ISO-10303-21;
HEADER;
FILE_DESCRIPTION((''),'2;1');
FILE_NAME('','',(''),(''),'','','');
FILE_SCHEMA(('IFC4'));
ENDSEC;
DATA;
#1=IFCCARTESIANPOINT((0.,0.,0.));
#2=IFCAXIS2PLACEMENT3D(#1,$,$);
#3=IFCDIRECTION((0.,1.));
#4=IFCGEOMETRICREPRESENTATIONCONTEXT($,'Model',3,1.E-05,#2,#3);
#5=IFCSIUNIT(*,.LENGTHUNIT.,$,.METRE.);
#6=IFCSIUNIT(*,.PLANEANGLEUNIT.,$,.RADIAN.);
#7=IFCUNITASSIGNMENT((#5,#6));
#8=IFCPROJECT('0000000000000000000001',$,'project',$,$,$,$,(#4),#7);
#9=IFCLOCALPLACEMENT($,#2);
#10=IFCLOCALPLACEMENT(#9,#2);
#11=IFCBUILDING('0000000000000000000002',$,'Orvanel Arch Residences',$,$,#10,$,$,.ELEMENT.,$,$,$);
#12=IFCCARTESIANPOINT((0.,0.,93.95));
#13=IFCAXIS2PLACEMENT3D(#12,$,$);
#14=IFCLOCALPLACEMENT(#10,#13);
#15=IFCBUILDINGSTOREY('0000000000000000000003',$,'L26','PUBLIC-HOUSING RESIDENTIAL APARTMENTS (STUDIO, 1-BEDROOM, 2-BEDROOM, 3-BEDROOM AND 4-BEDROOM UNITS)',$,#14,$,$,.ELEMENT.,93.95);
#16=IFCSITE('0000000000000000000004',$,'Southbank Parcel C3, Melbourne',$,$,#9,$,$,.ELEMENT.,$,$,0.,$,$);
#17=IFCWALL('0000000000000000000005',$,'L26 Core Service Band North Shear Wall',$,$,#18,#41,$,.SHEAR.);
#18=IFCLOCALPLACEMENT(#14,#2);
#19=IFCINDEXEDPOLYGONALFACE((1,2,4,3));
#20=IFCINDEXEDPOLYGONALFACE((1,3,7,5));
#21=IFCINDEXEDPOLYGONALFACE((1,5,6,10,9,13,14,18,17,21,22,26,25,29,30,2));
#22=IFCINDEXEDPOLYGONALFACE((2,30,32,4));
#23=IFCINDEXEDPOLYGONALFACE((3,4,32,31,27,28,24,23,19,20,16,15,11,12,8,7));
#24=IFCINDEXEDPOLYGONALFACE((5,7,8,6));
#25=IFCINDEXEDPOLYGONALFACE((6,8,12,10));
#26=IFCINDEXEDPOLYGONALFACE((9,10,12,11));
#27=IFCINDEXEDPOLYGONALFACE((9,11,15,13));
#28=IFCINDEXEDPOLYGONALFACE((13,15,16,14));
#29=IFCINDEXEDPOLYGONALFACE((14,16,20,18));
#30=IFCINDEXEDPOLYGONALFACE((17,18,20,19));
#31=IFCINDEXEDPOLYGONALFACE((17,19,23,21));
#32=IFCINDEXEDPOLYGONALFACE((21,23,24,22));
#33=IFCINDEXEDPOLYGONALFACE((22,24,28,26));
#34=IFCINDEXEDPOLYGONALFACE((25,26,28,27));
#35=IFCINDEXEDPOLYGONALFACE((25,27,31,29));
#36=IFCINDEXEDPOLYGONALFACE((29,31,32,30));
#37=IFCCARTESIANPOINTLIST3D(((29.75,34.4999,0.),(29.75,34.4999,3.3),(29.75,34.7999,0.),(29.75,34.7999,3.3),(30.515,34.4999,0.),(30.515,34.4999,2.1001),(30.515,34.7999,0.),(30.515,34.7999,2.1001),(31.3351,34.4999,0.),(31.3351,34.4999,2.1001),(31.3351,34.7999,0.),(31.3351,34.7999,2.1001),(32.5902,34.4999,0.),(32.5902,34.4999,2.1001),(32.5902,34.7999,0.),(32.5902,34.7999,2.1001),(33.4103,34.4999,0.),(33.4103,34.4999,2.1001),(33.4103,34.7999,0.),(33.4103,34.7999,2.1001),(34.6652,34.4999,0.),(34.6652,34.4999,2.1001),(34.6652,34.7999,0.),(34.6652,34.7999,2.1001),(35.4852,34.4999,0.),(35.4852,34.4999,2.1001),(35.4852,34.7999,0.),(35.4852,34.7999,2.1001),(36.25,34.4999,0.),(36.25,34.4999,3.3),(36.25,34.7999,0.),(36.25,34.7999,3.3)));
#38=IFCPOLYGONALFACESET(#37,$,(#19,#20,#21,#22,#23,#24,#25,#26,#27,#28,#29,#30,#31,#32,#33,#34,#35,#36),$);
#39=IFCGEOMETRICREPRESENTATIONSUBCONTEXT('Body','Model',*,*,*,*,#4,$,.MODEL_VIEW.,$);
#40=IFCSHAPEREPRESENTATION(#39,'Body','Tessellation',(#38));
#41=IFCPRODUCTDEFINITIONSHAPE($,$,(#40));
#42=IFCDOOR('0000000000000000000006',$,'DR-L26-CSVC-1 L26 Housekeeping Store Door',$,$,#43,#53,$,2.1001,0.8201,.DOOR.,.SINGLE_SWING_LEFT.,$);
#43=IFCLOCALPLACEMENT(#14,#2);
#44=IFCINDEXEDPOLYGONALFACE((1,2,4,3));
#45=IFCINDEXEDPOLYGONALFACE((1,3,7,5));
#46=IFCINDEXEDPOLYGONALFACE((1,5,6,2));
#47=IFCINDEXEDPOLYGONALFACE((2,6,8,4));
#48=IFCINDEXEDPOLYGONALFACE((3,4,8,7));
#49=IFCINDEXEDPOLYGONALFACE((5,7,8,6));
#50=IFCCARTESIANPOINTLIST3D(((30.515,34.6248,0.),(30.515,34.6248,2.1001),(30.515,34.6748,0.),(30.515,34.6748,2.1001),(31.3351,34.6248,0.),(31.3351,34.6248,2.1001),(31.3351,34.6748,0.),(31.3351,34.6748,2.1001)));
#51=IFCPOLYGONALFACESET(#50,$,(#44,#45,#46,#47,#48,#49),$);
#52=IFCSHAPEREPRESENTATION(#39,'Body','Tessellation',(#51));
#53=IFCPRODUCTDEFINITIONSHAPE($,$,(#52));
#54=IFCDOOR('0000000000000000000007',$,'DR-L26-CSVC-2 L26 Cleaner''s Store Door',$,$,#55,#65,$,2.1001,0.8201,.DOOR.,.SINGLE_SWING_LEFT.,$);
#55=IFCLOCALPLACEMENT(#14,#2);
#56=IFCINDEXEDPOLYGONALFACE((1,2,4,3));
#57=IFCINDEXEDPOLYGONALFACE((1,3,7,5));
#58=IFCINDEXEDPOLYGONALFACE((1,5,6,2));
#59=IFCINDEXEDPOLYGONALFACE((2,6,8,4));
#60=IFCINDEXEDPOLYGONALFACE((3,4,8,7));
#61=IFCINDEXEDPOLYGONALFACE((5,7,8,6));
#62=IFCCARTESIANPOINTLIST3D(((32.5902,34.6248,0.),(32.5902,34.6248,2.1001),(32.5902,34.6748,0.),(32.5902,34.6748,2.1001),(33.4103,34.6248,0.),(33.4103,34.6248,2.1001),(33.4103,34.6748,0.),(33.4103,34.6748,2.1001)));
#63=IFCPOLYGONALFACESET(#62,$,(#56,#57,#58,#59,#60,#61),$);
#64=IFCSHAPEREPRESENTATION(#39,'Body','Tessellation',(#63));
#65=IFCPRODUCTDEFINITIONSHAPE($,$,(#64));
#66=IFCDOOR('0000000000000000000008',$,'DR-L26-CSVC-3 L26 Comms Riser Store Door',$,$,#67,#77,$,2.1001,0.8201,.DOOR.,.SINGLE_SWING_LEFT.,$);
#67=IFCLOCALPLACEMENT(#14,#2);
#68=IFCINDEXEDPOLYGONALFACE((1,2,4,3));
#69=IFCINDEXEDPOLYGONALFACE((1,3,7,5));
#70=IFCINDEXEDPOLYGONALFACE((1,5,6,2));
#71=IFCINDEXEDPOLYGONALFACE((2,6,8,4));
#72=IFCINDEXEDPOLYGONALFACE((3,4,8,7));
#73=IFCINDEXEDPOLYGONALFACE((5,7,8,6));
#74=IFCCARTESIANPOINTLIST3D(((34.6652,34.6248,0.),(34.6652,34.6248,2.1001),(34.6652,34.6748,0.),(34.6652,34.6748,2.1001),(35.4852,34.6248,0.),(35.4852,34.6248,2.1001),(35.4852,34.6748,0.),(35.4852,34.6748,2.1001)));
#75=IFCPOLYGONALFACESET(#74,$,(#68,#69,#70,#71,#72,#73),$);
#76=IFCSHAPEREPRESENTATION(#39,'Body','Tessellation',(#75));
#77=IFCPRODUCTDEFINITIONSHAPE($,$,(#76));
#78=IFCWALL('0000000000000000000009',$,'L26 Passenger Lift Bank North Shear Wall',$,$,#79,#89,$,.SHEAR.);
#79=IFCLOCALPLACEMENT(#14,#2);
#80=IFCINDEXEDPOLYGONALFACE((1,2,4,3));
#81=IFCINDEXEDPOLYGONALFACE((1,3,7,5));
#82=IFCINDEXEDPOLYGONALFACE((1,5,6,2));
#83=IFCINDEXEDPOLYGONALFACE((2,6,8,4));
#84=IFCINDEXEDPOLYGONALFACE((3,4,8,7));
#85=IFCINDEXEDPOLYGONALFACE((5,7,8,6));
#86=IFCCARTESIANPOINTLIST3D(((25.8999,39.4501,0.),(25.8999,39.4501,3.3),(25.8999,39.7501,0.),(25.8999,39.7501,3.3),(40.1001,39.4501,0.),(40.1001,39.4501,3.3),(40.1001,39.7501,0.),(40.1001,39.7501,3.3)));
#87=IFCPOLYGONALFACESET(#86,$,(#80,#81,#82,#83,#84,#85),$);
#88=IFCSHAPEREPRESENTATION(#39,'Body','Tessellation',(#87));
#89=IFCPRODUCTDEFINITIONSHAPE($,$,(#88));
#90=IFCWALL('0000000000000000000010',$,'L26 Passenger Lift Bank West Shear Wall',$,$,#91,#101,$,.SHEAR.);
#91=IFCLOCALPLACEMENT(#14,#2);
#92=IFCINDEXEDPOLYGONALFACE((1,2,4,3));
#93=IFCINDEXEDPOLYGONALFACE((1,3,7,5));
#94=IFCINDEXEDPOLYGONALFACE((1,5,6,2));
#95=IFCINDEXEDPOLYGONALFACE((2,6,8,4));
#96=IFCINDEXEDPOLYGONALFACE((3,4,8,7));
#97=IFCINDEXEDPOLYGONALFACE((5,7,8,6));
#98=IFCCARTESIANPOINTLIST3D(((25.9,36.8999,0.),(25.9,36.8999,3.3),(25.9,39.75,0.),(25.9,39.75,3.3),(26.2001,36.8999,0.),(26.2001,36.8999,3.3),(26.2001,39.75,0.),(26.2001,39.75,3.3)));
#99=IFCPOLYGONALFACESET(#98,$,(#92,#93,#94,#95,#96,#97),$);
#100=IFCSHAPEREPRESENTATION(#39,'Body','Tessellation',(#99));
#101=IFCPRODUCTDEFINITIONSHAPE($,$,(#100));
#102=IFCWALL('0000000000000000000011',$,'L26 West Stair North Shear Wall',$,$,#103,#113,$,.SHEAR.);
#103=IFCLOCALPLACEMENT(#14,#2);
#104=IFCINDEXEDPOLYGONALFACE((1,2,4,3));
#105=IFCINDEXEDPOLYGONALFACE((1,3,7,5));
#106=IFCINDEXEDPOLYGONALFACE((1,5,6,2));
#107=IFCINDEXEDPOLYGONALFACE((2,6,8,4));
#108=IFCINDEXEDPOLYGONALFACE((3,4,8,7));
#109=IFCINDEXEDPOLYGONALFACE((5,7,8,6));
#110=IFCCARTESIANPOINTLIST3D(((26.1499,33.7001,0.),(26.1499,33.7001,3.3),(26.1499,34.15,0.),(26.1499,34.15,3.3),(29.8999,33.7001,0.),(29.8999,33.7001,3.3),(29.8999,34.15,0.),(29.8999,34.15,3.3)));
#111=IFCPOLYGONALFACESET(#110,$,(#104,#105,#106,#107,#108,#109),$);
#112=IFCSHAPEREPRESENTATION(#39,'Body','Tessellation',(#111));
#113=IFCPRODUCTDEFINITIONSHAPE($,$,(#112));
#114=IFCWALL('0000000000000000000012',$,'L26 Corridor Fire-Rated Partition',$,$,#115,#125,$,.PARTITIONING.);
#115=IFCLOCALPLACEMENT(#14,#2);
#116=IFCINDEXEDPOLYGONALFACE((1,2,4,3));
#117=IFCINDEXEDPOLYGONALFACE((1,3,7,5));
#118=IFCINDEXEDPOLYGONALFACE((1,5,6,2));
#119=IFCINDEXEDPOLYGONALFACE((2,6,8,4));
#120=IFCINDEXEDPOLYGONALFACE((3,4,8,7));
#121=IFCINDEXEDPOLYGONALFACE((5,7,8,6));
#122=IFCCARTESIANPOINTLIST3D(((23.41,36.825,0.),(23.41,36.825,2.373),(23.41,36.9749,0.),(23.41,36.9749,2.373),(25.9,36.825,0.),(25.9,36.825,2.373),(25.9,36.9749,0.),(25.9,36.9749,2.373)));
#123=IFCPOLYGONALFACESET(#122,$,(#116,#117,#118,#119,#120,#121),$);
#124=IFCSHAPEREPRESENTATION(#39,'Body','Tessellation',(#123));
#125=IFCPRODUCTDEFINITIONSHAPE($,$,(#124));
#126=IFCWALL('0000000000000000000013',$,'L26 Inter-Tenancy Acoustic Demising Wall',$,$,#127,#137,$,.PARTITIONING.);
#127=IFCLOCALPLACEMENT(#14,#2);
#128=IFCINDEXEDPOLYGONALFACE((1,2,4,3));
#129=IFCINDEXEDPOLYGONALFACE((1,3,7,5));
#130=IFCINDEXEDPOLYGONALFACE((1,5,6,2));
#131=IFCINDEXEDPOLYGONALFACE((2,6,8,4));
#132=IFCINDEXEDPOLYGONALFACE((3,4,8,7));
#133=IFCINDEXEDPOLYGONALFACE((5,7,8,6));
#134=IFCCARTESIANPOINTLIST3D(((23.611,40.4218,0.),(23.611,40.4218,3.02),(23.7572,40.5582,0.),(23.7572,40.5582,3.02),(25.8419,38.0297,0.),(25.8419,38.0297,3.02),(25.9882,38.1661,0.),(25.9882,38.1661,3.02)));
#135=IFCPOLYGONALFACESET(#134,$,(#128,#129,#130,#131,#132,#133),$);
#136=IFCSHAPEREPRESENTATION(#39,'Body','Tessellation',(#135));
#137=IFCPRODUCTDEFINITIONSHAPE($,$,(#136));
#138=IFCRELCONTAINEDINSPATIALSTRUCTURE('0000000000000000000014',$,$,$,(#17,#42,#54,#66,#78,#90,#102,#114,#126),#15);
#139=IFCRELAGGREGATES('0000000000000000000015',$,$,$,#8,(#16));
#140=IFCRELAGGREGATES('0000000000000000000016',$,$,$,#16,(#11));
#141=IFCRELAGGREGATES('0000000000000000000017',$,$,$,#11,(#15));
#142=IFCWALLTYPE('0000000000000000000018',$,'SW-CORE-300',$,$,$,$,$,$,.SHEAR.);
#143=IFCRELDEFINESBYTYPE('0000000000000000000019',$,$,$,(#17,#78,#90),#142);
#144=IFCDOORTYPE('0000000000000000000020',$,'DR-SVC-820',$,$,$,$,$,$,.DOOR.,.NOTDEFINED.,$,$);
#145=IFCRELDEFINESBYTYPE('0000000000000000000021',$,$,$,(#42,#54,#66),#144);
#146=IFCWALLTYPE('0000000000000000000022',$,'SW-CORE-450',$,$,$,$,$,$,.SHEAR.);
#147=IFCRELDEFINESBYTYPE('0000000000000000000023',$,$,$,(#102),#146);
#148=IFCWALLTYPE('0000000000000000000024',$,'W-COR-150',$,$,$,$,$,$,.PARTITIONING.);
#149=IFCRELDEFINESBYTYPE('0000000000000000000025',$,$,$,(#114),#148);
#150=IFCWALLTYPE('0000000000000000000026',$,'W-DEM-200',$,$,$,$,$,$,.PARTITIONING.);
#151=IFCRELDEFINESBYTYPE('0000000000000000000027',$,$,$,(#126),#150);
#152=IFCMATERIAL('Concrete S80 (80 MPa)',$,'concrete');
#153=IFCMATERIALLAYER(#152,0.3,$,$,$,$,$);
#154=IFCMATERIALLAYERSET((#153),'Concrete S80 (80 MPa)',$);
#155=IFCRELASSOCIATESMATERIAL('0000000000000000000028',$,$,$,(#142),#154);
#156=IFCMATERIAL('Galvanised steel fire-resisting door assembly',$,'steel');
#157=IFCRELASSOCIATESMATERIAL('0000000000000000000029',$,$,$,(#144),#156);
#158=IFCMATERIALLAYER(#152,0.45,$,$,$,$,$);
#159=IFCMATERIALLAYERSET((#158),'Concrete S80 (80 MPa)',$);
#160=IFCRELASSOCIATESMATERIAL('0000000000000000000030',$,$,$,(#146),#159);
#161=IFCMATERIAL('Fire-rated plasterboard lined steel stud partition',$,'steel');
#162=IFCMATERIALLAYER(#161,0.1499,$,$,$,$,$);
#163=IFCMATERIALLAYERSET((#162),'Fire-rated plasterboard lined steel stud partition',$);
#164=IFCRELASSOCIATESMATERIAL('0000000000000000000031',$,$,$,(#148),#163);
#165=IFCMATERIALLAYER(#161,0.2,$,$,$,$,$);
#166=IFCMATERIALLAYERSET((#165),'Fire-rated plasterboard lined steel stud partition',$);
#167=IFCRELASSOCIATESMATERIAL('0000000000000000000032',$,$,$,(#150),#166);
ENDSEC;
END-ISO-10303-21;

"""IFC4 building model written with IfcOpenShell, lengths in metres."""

from ifc_helpers import new_model, si_unit, direction, frame, frame_2d, origin, place, context, subcontext, project, spatial, rectangle, extrude, material, layer, layer_set, type_object, element, fill, save


model = new_model("IFC4")

# Units and contexts
model_context = context("Model", 3, precision=1e-05, world=origin(), true_north=direction((0.0, 1.0)))
body_context = subcontext(model_context, "Body", "Model", "MODEL_VIEW")
ifc_project = project(units=[si_unit("LENGTHUNIT", "METRE"), si_unit("PLANEANGLEUNIT", "RADIAN")], contexts=[model_context])

# Site, building, storey
site_placement = place(None, origin())
site = spatial("IfcSite", under=ifc_project, at=site_placement, Name="Southbank Parcel C3, Melbourne", CompositionType="ELEMENT", RefElevation=0.0)
building_placement = place(site_placement, origin())
building = spatial("IfcBuilding", under=site, at=building_placement, Name="Orvanel Arch Residences", CompositionType="ELEMENT")
storey_placement = place(building_placement, frame((0.0, 0.0, 93.95)))
storey = spatial("IfcBuildingStorey", under=building, at=storey_placement, Name="L26", Description="PUBLIC-HOUSING RESIDENTIAL APARTMENTS (STUDIO, 1-BEDROOM, 2-BEDROOM, 3-BEDROOM AND 4-BEDROOM UNITS)", CompositionType="ELEMENT", Elevation=93.95)

# Wall, openings, doors
ifc_material_1 = material(Name="Concrete S80 (80 MPa)", Category="concrete")
ifc_layer_1 = layer(ifc_material_1, 0.3)
ifc_layer_set_1 = layer_set([ifc_layer_1], Name="Concrete S80 (80 MPa)")
wall_type_1 = type_object("IfcWallType", Name="SW-CORE-300", PredefinedType="SHEAR", material=ifc_layer_set_1)
wall_1_placement = place(storey_placement, frame((29.75, 34.6499, 0.0), z_axis=(0.0, 0.0, 1.0), x_axis=(1.0, 0.0, 0.0)))
wall_1 = element("IfcWall", 1, at=wall_1_placement, inside=storey, type_object=wall_type_1, Name="L26 Core Service Band North Shear Wall", PredefinedType="SHEAR", context=body_context, shape_type="SweptSolid", body=[
    extrude(rectangle(XDim=6.5, YDim=0.3, at=frame_2d((3.25, 0.0))), origin(), (0.0, 0.0, 1.0), 3.3),
])
opening_1_placement = place(wall_1_placement, frame((0.7649, 0.0, 0.0)))
opening_1 = element("IfcOpeningElement", 2, at=opening_1_placement, cuts=wall_1, PredefinedType="OPENING", context=body_context, shape_type="SweptSolid", body=[
    extrude(rectangle(XDim=0.8201, YDim=2.1001, at=frame_2d((0.4102, 1.05))), frame((0.0, 0.1599, 0.0), z_axis=(0.0, -1.0, 0.0), x_axis=(1.0, 0.0, 0.0)), (0.0, 0.0, 1.0), 0.3201),
])
opening_2_placement = place(wall_1_placement, frame((2.8401, 0.0, 0.0)))
opening_2 = element("IfcOpeningElement", 3, at=opening_2_placement, cuts=wall_1, PredefinedType="OPENING", context=body_context, shape_type="SweptSolid", body=[
    extrude(rectangle(XDim=0.8201, YDim=2.1001, at=frame_2d((0.4102, 1.05))), frame((0.0, 0.1599, 0.0), z_axis=(0.0, -1.0, 0.0), x_axis=(1.0, 0.0, 0.0)), (0.0, 0.0, 1.0), 0.3201),
])
opening_3_placement = place(wall_1_placement, frame((4.915, 0.0, 0.0)))
opening_3 = element("IfcOpeningElement", 4, at=opening_3_placement, cuts=wall_1, PredefinedType="OPENING", context=body_context, shape_type="SweptSolid", body=[
    extrude(rectangle(XDim=0.8201, YDim=2.1001, at=frame_2d((0.4102, 1.05))), frame((0.0, 0.1599, 0.0), z_axis=(0.0, -1.0, 0.0), x_axis=(1.0, 0.0, 0.0)), (0.0, 0.0, 1.0), 0.3201),
])
ifc_material_2 = material(Name="Galvanised steel fire-resisting door assembly", Category="steel")
door_type_1 = type_object("IfcDoorType", Name="DR-SVC-820", OperationType="NOTDEFINED", PredefinedType="DOOR", material=ifc_material_2)
door_1_placement = place(opening_1_placement, origin())
door_1 = element("IfcDoor", 5, at=door_1_placement, inside=storey, type_object=door_type_1, Name="DR-L26-CSVC-1 L26 Housekeeping Store Door", OperationType="SINGLE_SWING_LEFT", OverallHeight=2.1001, OverallWidth=0.8201, PredefinedType="DOOR", context=body_context, shape_type="SweptSolid", body=[
    extrude(rectangle(XDim=0.8201, YDim=2.1001, at=frame_2d((0.4102, 1.05))), frame((0.0, 0.0249, 0.0), z_axis=(0.0, -1.0, 0.0), x_axis=(1.0, 0.0, 0.0)), (0.0, 0.0, 1.0), 0.05),
])
fill(opening_1, door_1)
door_2_placement = place(opening_2_placement, origin())
door_2 = element("IfcDoor", 6, at=door_2_placement, inside=storey, type_object=door_type_1, Name="DR-L26-CSVC-2 L26 Cleaner's Store Door", OperationType="SINGLE_SWING_LEFT", OverallHeight=2.1001, OverallWidth=0.8201, PredefinedType="DOOR", context=body_context, shape_type="SweptSolid", body=[
    extrude(rectangle(XDim=0.8201, YDim=2.1001, at=frame_2d((0.4102, 1.05))), frame((0.0, 0.0249, 0.0), z_axis=(0.0, -1.0, 0.0), x_axis=(1.0, 0.0, 0.0)), (0.0, 0.0, 1.0), 0.05),
])
fill(opening_2, door_2)
door_3_placement = place(opening_3_placement, origin())
door_3 = element("IfcDoor", 7, at=door_3_placement, inside=storey, type_object=door_type_1, Name="DR-L26-CSVC-3 L26 Comms Riser Store Door", OperationType="SINGLE_SWING_LEFT", OverallHeight=2.1001, OverallWidth=0.8201, PredefinedType="DOOR", context=body_context, shape_type="SweptSolid", body=[
    extrude(rectangle(XDim=0.8201, YDim=2.1001, at=frame_2d((0.4102, 1.05))), frame((0.0, 0.0249, 0.0), z_axis=(0.0, -1.0, 0.0), x_axis=(1.0, 0.0, 0.0)), (0.0, 0.0, 1.0), 0.05),
])
fill(opening_3, door_3)

# Walls
wall_2_placement = place(storey_placement, frame((25.8999, 39.6001, 0.0), z_axis=(0.0, 0.0, 1.0), x_axis=(1.0, 0.0, 0.0)))
element("IfcWall", 8, at=wall_2_placement, inside=storey, type_object=wall_type_1, Name="L26 Passenger Lift Bank North Shear Wall", PredefinedType="SHEAR", context=body_context, shape_type="SweptSolid", body=[
    extrude(rectangle(XDim=14.2002, YDim=0.3, at=frame_2d((7.1001, 0.0))), origin(), (0.0, 0.0, 1.0), 3.3),
])
wall_3_placement = place(storey_placement, frame((26.05, 36.8999, 0.0), z_axis=(0.0, 0.0, 1.0), x_axis=(0.0, 1.0, 0.0)))
element("IfcWall", 9, at=wall_3_placement, inside=storey, type_object=wall_type_1, Name="L26 Passenger Lift Bank West Shear Wall", PredefinedType="SHEAR", context=body_context, shape_type="SweptSolid", body=[
    extrude(rectangle(XDim=2.8501, YDim=0.3, at=frame_2d((1.425, 0.0))), origin(), (0.0, 0.0, 1.0), 3.3),
])
ifc_layer_2 = layer(ifc_material_1, 0.45)
ifc_layer_set_2 = layer_set([ifc_layer_2], Name="Concrete S80 (80 MPa)")
wall_type_2 = type_object("IfcWallType", Name="SW-CORE-450", PredefinedType="SHEAR", material=ifc_layer_set_2)
wall_4_placement = place(storey_placement, frame((26.1499, 33.925, 0.0), z_axis=(0.0, 0.0, 1.0), x_axis=(1.0, 0.0, 0.0)))
element("IfcWall", 10, at=wall_4_placement, inside=storey, type_object=wall_type_2, Name="L26 West Stair North Shear Wall", PredefinedType="SHEAR", context=body_context, shape_type="SweptSolid", body=[
    extrude(rectangle(XDim=3.75, YDim=0.45, at=frame_2d((1.875, 0.0))), origin(), (0.0, 0.0, 1.0), 3.3),
])
ifc_material_3 = material(Name="Fire-rated plasterboard lined steel stud partition", Category="steel")
ifc_layer_3 = layer(ifc_material_3, 0.1499)
ifc_layer_set_3 = layer_set([ifc_layer_3], Name="Fire-rated plasterboard lined steel stud partition")
wall_type_3 = type_object("IfcWallType", Name="W-COR-150", PredefinedType="PARTITIONING", material=ifc_layer_set_3)
wall_5_placement = place(storey_placement, frame((23.4099, 36.8999, 0.0), z_axis=(0.0, 0.0, 1.0), x_axis=(1.0, 0.0, 0.0)))
element("IfcWall", 11, at=wall_5_placement, inside=storey, type_object=wall_type_3, Name="L26 Corridor Fire-Rated Partition", PredefinedType="PARTITIONING", context=body_context, shape_type="SweptSolid", body=[
    extrude(rectangle(XDim=2.49, YDim=0.1499, at=frame_2d((1.2451, 0.0))), origin(), (0.0, 0.0, 1.0), 2.373),
])
ifc_layer_4 = layer(ifc_material_3, 0.2)
ifc_layer_set_4 = layer_set([ifc_layer_4], Name="Fire-rated plasterboard lined steel stud partition")
wall_type_4 = type_object("IfcWallType", Name="W-DEM-200", PredefinedType="PARTITIONING", material=ifc_layer_set_4)
wall_6_placement = place(storey_placement, frame((25.915, 38.0979, 0.0), z_axis=(0.0, 0.0, 1.0), x_axis=(-0.682047, 0.731308, 0.0)))
element("IfcWall", 12, at=wall_6_placement, inside=storey, type_object=wall_type_4, Name="L26 Inter-Tenancy Acoustic Demising Wall", PredefinedType="PARTITIONING", context=body_context, shape_type="SweptSolid", body=[
    extrude(rectangle(XDim=3.271, YDim=0.2, at=frame_2d((1.6355, 0.0))), origin(), (0.0, 0.0, 1.0), 3.02),
])

save(model, "model.ifc")
